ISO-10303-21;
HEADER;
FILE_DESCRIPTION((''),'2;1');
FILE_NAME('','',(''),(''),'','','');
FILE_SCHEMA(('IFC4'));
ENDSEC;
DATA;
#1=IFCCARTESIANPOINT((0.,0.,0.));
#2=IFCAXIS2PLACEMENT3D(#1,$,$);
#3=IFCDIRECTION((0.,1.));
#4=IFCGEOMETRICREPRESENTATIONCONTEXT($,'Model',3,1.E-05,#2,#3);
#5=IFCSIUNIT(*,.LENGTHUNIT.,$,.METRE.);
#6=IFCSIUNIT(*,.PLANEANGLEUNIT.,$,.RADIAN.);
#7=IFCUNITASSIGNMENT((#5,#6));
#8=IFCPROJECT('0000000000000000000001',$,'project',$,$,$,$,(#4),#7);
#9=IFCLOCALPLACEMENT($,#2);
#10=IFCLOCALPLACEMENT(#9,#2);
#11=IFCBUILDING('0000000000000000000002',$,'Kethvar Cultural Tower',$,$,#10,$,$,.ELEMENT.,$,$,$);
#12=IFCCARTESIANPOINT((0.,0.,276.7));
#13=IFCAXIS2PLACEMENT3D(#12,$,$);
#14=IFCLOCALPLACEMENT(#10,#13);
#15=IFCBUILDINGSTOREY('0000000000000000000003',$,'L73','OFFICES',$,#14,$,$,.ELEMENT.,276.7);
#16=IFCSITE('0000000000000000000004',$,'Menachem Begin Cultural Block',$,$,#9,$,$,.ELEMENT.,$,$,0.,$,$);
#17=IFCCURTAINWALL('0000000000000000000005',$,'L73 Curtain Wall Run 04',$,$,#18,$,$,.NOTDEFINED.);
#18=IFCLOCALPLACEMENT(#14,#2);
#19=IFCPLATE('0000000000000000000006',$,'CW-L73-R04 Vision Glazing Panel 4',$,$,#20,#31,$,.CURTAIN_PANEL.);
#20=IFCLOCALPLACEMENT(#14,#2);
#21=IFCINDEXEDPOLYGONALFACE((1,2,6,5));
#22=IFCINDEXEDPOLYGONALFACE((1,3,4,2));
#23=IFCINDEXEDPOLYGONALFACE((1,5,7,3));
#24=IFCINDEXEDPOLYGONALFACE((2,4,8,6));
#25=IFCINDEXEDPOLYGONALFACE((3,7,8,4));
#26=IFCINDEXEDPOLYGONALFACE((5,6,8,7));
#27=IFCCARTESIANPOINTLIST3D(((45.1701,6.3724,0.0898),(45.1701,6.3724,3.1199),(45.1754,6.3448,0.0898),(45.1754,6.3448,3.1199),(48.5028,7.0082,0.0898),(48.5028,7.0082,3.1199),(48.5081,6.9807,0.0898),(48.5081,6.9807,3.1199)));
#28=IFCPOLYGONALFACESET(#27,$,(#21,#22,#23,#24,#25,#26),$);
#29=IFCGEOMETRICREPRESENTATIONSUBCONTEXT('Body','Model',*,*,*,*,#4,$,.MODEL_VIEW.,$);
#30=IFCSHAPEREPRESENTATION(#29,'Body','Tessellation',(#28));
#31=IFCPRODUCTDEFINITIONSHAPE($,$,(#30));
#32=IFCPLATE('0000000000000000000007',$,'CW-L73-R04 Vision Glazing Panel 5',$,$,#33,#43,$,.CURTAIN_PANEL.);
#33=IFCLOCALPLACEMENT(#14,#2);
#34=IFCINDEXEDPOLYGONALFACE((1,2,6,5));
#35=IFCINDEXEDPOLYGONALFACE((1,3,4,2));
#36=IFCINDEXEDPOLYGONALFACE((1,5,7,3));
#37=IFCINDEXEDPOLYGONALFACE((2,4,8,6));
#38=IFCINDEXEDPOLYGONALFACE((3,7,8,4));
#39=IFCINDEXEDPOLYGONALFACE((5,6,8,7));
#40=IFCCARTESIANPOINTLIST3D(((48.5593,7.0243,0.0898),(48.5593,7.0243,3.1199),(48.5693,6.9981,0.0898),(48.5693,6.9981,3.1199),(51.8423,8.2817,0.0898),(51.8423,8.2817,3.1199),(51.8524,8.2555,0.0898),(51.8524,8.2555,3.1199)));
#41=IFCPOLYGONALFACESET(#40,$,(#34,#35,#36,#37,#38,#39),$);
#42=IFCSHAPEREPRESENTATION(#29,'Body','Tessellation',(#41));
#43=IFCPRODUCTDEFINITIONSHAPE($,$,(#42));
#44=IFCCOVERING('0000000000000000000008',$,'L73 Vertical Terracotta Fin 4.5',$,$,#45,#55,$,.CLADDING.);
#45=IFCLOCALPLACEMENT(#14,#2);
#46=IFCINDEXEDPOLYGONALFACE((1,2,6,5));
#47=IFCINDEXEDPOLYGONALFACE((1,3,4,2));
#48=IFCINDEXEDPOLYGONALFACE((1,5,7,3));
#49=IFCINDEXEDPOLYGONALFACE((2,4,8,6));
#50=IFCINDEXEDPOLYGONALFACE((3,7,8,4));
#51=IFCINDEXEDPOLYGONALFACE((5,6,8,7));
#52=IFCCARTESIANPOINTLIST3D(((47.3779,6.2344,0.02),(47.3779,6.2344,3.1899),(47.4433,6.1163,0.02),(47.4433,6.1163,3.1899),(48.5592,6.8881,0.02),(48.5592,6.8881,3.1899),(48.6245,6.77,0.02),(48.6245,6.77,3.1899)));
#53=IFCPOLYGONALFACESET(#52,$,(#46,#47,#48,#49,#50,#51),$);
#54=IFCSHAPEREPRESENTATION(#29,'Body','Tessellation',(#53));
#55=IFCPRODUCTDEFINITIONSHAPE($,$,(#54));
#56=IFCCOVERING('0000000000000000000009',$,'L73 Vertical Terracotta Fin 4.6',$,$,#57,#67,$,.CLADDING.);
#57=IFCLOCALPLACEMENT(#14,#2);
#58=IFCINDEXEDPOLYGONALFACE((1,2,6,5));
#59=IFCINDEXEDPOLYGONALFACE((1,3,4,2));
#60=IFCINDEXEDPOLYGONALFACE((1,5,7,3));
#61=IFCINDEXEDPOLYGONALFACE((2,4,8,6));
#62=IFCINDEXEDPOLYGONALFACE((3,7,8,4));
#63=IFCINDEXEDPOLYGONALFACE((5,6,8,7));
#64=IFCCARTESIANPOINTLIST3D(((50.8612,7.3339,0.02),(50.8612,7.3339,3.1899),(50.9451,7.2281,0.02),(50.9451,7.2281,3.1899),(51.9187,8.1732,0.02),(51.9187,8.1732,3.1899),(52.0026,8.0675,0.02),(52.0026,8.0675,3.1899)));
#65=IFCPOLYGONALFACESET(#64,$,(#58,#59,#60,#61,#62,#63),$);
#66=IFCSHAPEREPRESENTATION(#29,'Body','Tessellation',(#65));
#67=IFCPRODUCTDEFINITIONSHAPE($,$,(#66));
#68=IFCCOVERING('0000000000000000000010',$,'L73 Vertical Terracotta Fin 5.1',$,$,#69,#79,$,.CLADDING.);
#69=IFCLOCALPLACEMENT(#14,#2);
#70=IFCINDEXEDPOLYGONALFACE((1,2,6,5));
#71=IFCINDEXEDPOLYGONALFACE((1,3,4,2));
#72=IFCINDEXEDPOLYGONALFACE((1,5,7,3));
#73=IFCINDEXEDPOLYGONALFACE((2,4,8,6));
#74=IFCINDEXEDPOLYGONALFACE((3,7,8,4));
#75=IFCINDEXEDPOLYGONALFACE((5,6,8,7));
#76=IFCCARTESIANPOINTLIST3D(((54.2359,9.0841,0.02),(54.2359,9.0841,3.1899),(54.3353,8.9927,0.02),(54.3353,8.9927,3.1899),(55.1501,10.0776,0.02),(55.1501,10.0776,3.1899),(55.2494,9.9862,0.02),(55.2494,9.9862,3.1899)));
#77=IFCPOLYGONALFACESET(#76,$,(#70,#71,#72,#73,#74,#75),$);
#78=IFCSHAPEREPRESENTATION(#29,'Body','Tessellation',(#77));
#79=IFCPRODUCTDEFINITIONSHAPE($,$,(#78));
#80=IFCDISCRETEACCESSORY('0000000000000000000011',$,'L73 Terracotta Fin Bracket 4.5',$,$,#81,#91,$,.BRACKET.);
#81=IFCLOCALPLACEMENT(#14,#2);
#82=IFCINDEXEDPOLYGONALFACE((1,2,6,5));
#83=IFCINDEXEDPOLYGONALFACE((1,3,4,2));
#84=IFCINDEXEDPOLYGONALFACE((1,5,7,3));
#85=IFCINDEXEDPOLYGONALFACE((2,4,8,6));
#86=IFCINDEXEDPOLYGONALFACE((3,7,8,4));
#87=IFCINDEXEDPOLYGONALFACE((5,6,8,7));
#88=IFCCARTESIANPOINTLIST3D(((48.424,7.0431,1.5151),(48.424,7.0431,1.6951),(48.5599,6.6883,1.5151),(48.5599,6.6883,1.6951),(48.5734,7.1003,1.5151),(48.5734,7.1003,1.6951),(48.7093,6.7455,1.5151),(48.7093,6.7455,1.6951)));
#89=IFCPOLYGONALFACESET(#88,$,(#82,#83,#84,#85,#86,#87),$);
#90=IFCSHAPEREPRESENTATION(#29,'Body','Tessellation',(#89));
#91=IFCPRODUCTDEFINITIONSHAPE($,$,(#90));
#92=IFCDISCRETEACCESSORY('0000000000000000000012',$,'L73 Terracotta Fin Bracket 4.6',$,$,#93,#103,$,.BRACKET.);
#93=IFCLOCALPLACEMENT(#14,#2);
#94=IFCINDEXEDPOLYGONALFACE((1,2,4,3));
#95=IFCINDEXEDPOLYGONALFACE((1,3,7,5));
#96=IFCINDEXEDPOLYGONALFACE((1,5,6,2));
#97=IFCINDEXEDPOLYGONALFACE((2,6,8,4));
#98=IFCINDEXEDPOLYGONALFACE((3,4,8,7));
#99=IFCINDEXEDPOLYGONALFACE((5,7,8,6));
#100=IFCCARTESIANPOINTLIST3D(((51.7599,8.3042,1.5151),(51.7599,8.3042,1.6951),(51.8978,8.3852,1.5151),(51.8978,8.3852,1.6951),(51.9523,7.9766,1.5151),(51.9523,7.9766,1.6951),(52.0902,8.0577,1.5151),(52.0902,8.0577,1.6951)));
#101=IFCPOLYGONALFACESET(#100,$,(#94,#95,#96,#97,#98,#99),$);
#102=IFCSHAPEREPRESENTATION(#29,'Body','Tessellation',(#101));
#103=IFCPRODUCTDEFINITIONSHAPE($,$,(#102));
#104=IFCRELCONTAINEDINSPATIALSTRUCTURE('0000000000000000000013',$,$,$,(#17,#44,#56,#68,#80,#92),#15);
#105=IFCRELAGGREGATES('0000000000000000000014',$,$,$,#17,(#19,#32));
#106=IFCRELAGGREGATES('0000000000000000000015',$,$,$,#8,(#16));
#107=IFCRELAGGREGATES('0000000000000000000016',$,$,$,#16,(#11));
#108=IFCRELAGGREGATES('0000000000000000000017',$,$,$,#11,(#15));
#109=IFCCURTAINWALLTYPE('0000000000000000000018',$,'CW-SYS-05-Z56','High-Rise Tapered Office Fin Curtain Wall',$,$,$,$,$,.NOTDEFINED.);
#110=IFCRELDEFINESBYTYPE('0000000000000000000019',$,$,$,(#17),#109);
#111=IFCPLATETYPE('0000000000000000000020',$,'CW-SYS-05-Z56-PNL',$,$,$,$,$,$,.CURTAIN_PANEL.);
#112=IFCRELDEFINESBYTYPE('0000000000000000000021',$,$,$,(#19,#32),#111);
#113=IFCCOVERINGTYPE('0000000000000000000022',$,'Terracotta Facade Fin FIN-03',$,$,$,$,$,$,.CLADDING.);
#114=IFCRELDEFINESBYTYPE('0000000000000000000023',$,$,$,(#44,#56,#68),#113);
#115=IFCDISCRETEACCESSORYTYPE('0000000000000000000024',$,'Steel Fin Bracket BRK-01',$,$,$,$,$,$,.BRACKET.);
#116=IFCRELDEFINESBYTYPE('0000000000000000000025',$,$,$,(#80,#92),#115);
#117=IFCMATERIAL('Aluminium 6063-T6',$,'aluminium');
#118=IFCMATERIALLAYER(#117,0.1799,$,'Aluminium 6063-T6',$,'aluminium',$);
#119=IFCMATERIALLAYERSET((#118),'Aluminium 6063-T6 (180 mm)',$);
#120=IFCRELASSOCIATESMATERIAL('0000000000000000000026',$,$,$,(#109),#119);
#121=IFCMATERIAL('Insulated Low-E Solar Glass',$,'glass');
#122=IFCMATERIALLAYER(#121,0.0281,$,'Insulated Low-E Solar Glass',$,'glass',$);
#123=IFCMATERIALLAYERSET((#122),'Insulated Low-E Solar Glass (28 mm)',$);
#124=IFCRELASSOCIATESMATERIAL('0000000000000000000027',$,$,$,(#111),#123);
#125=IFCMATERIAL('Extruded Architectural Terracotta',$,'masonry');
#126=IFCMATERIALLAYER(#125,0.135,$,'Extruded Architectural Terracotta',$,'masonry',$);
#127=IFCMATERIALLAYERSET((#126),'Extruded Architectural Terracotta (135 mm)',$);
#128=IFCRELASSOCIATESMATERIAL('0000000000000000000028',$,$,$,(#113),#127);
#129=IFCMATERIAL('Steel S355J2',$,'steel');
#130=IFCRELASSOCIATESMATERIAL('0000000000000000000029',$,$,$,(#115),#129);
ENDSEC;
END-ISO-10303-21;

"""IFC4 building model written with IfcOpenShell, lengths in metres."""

from ifc_helpers import new_model, si_unit, direction, frame, origin, origin_2d, place, context, subcontext, project, spatial, rectangle, extrude, source, transform, mapped, material, layer, layer_set, type_object, element, aggregate, save


model = new_model("IFC4")

# Units and contexts
model_context = context("Model", 3, precision=1e-05, world=origin(), true_north=direction((0.0, 1.0)))
body_context = subcontext(model_context, "Body", "Model", "MODEL_VIEW")
ifc_project = project(units=[si_unit("LENGTHUNIT", "METRE"), si_unit("PLANEANGLEUNIT", "RADIAN")], contexts=[model_context])

# Site, building, storey
site_placement = place(None, origin())
site = spatial("IfcSite", under=ifc_project, at=site_placement, Name="Menachem Begin Cultural Block", CompositionType="ELEMENT", RefElevation=0.0)
building_placement = place(site_placement, origin())
building = spatial("IfcBuilding", under=site, at=building_placement, Name="Kethvar Cultural Tower", CompositionType="ELEMENT")
storey_placement = place(building_placement, frame((0.0, 0.0, 276.7)))
storey = spatial("IfcBuildingStorey", under=building, at=storey_placement, Name="L73", Description="OFFICES", CompositionType="ELEMENT", Elevation=276.7)

# Shared definitions
ifc_material_1 = material(Name="Steel S355J2", Category="steel")

# Curtain wall, plates
ifc_material_2 = material(Name="Aluminium 6063-T6", Category="aluminium")
ifc_layer_1 = layer(ifc_material_2, 0.1799, Name="Aluminium 6063-T6", Category="aluminium")
ifc_layer_set_1 = layer_set([ifc_layer_1], Name="Aluminium 6063-T6 (180 mm)")
curtain_wall_type = type_object("IfcCurtainWallType", Name="CW-SYS-05-Z56", Description="High-Rise Tapered Office Fin Curtain Wall", PredefinedType="NOTDEFINED", material=ifc_layer_set_1)
curtain_wall_placement = place(storey_placement, origin())
curtain_wall = element("IfcCurtainWall", 1, at=curtain_wall_placement, inside=storey, type_object=curtain_wall_type, Name="L73 Curtain Wall Run 04", PredefinedType="NOTDEFINED")
ifc_material_3 = material(Name="Insulated Low-E Solar Glass", Category="glass")
ifc_layer_2 = layer(ifc_material_3, 0.0281, Name="Insulated Low-E Solar Glass", Category="glass")
ifc_layer_set_2 = layer_set([ifc_layer_2], Name="Insulated Low-E Solar Glass (28 mm)")
plate_type = type_object("IfcPlateType", Name="CW-SYS-05-Z56-PNL", PredefinedType="CURTAIN_PANEL", material=ifc_layer_set_2)
shared_shape_1 = source(origin(), body_context, "Body", "SweptSolid", [
    extrude(rectangle(XDim=3.3928, YDim=0.0281, at=origin_2d()), origin(), (0.0, 0.0, 1.0), 3.03),
])
plate_1_placement = place(storey_placement, frame((46.8391, 6.6765, 0.0898), z_axis=(0.0, 0.0, 1.0), x_axis=(0.982281, 0.187416, 0.0)))
plate_1 = element("IfcPlate", 2, at=plate_1_placement, type_object=plate_type, Name="CW-L73-R04 Vision Glazing Panel 4", PredefinedType="CURTAIN_PANEL", context=body_context, shape_type="MappedRepresentation", body=[
    mapped(shared_shape_1, transform((0.0, 0.0, 0.0), scale=1.0)),
])
shared_shape_2 = source(origin(), body_context, "Body", "SweptSolid", [
    extrude(rectangle(XDim=3.5156, YDim=0.0281, at=origin_2d()), origin(), (0.0, 0.0, 1.0), 3.03),
])
plate_2_placement = place(storey_placement, frame((50.2058, 7.6399, 0.0898), z_axis=(0.0, 0.0, 1.0), x_axis=(0.933849, 0.357667, 0.0)))
plate_2 = element("IfcPlate", 3, at=plate_2_placement, type_object=plate_type, Name="CW-L73-R04 Vision Glazing Panel 5", PredefinedType="CURTAIN_PANEL", context=body_context, shape_type="MappedRepresentation", body=[
    mapped(shared_shape_2, transform((0.0, 0.0, 0.0), scale=1.0)),
])
aggregate(curtain_wall, [plate_1, plate_2])

# Coverings
ifc_material_4 = material(Name="Extruded Architectural Terracotta", Category="masonry")
ifc_layer_3 = layer(ifc_material_4, 0.135, Name="Extruded Architectural Terracotta", Category="masonry")
ifc_layer_set_3 = layer_set([ifc_layer_3], Name="Extruded Architectural Terracotta (135 mm)")
covering_type = type_object("IfcCoveringType", Name="Terracotta Facade Fin FIN-03", PredefinedType="CLADDING", material=ifc_layer_set_3)
shared_shape_3 = source(origin(), body_context, "Body", "SweptSolid", [
    extrude(rectangle(XDim=1.3501, YDim=0.135, at=origin_2d()), origin(), (0.0, 0.0, 1.0), 3.1699),
])
for number, where, z_axis, x_axis, name in (
    (4, (48.0012, 6.5022, 0.02), (0.0, 0.0, 1.0), (-0.874958, -0.484199, 0.0), "L73 Vertical Terracotta Fin 4.5"),
    (5, (51.4319, 7.7007, 0.02), (0.0, 0.0, 1.0), (-0.78326, -0.621695, 0.0), "L73 Vertical Terracotta Fin 4.6"),
    (6, (54.7427, 9.5352, 0.02), (0.0, 0.0, 1.0), (-0.677133, -0.735861, 0.0), "L73 Vertical Terracotta Fin 5.1"),
):
    element("IfcCovering", number, at=place(storey_placement, frame(where, z_axis=z_axis, x_axis=x_axis)), inside=storey, type_object=covering_type, Name=name, PredefinedType="CLADDING", context=body_context, shape_type="MappedRepresentation", body=[
        mapped(shared_shape_3, transform((0.0, 0.0, 0.0), scale=1.0)),
    ])

# Discrete accessories
discrete_accessory_type = type_object("IfcDiscreteAccessoryType", Name="Steel Fin Bracket BRK-01", PredefinedType="BRACKET", material=ifc_material_1)
shared_shape_4 = source(origin(), body_context, "Body", "SweptSolid", [
    extrude(rectangle(XDim=0.3799, YDim=0.1599, at=origin_2d()), origin(), (0.0, 0.0, 1.0), 0.1799),
])
for number, where, z_axis, x_axis, name in (
    (7, (48.5667, 6.8943, 1.5151), (0.0, 0.0, 1.0), (0.357716, -0.93383, 0.0), "L73 Terracotta Fin Bracket 4.5"),
    (8, (51.925, 8.1809, 1.5151), (0.0, 0.0, 1.0), (0.506636, -0.86216, 0.0), "L73 Terracotta Fin Bracket 4.6"),
):
    element("IfcDiscreteAccessory", number, at=place(storey_placement, frame(where, z_axis=z_axis, x_axis=x_axis)), inside=storey, type_object=discrete_accessory_type, Name=name, PredefinedType="BRACKET", context=body_context, shape_type="MappedRepresentation", body=[
        mapped(shared_shape_4, transform((0.0, 0.0, 0.0), scale=1.0)),
    ])

save(model, "model.ifc")
